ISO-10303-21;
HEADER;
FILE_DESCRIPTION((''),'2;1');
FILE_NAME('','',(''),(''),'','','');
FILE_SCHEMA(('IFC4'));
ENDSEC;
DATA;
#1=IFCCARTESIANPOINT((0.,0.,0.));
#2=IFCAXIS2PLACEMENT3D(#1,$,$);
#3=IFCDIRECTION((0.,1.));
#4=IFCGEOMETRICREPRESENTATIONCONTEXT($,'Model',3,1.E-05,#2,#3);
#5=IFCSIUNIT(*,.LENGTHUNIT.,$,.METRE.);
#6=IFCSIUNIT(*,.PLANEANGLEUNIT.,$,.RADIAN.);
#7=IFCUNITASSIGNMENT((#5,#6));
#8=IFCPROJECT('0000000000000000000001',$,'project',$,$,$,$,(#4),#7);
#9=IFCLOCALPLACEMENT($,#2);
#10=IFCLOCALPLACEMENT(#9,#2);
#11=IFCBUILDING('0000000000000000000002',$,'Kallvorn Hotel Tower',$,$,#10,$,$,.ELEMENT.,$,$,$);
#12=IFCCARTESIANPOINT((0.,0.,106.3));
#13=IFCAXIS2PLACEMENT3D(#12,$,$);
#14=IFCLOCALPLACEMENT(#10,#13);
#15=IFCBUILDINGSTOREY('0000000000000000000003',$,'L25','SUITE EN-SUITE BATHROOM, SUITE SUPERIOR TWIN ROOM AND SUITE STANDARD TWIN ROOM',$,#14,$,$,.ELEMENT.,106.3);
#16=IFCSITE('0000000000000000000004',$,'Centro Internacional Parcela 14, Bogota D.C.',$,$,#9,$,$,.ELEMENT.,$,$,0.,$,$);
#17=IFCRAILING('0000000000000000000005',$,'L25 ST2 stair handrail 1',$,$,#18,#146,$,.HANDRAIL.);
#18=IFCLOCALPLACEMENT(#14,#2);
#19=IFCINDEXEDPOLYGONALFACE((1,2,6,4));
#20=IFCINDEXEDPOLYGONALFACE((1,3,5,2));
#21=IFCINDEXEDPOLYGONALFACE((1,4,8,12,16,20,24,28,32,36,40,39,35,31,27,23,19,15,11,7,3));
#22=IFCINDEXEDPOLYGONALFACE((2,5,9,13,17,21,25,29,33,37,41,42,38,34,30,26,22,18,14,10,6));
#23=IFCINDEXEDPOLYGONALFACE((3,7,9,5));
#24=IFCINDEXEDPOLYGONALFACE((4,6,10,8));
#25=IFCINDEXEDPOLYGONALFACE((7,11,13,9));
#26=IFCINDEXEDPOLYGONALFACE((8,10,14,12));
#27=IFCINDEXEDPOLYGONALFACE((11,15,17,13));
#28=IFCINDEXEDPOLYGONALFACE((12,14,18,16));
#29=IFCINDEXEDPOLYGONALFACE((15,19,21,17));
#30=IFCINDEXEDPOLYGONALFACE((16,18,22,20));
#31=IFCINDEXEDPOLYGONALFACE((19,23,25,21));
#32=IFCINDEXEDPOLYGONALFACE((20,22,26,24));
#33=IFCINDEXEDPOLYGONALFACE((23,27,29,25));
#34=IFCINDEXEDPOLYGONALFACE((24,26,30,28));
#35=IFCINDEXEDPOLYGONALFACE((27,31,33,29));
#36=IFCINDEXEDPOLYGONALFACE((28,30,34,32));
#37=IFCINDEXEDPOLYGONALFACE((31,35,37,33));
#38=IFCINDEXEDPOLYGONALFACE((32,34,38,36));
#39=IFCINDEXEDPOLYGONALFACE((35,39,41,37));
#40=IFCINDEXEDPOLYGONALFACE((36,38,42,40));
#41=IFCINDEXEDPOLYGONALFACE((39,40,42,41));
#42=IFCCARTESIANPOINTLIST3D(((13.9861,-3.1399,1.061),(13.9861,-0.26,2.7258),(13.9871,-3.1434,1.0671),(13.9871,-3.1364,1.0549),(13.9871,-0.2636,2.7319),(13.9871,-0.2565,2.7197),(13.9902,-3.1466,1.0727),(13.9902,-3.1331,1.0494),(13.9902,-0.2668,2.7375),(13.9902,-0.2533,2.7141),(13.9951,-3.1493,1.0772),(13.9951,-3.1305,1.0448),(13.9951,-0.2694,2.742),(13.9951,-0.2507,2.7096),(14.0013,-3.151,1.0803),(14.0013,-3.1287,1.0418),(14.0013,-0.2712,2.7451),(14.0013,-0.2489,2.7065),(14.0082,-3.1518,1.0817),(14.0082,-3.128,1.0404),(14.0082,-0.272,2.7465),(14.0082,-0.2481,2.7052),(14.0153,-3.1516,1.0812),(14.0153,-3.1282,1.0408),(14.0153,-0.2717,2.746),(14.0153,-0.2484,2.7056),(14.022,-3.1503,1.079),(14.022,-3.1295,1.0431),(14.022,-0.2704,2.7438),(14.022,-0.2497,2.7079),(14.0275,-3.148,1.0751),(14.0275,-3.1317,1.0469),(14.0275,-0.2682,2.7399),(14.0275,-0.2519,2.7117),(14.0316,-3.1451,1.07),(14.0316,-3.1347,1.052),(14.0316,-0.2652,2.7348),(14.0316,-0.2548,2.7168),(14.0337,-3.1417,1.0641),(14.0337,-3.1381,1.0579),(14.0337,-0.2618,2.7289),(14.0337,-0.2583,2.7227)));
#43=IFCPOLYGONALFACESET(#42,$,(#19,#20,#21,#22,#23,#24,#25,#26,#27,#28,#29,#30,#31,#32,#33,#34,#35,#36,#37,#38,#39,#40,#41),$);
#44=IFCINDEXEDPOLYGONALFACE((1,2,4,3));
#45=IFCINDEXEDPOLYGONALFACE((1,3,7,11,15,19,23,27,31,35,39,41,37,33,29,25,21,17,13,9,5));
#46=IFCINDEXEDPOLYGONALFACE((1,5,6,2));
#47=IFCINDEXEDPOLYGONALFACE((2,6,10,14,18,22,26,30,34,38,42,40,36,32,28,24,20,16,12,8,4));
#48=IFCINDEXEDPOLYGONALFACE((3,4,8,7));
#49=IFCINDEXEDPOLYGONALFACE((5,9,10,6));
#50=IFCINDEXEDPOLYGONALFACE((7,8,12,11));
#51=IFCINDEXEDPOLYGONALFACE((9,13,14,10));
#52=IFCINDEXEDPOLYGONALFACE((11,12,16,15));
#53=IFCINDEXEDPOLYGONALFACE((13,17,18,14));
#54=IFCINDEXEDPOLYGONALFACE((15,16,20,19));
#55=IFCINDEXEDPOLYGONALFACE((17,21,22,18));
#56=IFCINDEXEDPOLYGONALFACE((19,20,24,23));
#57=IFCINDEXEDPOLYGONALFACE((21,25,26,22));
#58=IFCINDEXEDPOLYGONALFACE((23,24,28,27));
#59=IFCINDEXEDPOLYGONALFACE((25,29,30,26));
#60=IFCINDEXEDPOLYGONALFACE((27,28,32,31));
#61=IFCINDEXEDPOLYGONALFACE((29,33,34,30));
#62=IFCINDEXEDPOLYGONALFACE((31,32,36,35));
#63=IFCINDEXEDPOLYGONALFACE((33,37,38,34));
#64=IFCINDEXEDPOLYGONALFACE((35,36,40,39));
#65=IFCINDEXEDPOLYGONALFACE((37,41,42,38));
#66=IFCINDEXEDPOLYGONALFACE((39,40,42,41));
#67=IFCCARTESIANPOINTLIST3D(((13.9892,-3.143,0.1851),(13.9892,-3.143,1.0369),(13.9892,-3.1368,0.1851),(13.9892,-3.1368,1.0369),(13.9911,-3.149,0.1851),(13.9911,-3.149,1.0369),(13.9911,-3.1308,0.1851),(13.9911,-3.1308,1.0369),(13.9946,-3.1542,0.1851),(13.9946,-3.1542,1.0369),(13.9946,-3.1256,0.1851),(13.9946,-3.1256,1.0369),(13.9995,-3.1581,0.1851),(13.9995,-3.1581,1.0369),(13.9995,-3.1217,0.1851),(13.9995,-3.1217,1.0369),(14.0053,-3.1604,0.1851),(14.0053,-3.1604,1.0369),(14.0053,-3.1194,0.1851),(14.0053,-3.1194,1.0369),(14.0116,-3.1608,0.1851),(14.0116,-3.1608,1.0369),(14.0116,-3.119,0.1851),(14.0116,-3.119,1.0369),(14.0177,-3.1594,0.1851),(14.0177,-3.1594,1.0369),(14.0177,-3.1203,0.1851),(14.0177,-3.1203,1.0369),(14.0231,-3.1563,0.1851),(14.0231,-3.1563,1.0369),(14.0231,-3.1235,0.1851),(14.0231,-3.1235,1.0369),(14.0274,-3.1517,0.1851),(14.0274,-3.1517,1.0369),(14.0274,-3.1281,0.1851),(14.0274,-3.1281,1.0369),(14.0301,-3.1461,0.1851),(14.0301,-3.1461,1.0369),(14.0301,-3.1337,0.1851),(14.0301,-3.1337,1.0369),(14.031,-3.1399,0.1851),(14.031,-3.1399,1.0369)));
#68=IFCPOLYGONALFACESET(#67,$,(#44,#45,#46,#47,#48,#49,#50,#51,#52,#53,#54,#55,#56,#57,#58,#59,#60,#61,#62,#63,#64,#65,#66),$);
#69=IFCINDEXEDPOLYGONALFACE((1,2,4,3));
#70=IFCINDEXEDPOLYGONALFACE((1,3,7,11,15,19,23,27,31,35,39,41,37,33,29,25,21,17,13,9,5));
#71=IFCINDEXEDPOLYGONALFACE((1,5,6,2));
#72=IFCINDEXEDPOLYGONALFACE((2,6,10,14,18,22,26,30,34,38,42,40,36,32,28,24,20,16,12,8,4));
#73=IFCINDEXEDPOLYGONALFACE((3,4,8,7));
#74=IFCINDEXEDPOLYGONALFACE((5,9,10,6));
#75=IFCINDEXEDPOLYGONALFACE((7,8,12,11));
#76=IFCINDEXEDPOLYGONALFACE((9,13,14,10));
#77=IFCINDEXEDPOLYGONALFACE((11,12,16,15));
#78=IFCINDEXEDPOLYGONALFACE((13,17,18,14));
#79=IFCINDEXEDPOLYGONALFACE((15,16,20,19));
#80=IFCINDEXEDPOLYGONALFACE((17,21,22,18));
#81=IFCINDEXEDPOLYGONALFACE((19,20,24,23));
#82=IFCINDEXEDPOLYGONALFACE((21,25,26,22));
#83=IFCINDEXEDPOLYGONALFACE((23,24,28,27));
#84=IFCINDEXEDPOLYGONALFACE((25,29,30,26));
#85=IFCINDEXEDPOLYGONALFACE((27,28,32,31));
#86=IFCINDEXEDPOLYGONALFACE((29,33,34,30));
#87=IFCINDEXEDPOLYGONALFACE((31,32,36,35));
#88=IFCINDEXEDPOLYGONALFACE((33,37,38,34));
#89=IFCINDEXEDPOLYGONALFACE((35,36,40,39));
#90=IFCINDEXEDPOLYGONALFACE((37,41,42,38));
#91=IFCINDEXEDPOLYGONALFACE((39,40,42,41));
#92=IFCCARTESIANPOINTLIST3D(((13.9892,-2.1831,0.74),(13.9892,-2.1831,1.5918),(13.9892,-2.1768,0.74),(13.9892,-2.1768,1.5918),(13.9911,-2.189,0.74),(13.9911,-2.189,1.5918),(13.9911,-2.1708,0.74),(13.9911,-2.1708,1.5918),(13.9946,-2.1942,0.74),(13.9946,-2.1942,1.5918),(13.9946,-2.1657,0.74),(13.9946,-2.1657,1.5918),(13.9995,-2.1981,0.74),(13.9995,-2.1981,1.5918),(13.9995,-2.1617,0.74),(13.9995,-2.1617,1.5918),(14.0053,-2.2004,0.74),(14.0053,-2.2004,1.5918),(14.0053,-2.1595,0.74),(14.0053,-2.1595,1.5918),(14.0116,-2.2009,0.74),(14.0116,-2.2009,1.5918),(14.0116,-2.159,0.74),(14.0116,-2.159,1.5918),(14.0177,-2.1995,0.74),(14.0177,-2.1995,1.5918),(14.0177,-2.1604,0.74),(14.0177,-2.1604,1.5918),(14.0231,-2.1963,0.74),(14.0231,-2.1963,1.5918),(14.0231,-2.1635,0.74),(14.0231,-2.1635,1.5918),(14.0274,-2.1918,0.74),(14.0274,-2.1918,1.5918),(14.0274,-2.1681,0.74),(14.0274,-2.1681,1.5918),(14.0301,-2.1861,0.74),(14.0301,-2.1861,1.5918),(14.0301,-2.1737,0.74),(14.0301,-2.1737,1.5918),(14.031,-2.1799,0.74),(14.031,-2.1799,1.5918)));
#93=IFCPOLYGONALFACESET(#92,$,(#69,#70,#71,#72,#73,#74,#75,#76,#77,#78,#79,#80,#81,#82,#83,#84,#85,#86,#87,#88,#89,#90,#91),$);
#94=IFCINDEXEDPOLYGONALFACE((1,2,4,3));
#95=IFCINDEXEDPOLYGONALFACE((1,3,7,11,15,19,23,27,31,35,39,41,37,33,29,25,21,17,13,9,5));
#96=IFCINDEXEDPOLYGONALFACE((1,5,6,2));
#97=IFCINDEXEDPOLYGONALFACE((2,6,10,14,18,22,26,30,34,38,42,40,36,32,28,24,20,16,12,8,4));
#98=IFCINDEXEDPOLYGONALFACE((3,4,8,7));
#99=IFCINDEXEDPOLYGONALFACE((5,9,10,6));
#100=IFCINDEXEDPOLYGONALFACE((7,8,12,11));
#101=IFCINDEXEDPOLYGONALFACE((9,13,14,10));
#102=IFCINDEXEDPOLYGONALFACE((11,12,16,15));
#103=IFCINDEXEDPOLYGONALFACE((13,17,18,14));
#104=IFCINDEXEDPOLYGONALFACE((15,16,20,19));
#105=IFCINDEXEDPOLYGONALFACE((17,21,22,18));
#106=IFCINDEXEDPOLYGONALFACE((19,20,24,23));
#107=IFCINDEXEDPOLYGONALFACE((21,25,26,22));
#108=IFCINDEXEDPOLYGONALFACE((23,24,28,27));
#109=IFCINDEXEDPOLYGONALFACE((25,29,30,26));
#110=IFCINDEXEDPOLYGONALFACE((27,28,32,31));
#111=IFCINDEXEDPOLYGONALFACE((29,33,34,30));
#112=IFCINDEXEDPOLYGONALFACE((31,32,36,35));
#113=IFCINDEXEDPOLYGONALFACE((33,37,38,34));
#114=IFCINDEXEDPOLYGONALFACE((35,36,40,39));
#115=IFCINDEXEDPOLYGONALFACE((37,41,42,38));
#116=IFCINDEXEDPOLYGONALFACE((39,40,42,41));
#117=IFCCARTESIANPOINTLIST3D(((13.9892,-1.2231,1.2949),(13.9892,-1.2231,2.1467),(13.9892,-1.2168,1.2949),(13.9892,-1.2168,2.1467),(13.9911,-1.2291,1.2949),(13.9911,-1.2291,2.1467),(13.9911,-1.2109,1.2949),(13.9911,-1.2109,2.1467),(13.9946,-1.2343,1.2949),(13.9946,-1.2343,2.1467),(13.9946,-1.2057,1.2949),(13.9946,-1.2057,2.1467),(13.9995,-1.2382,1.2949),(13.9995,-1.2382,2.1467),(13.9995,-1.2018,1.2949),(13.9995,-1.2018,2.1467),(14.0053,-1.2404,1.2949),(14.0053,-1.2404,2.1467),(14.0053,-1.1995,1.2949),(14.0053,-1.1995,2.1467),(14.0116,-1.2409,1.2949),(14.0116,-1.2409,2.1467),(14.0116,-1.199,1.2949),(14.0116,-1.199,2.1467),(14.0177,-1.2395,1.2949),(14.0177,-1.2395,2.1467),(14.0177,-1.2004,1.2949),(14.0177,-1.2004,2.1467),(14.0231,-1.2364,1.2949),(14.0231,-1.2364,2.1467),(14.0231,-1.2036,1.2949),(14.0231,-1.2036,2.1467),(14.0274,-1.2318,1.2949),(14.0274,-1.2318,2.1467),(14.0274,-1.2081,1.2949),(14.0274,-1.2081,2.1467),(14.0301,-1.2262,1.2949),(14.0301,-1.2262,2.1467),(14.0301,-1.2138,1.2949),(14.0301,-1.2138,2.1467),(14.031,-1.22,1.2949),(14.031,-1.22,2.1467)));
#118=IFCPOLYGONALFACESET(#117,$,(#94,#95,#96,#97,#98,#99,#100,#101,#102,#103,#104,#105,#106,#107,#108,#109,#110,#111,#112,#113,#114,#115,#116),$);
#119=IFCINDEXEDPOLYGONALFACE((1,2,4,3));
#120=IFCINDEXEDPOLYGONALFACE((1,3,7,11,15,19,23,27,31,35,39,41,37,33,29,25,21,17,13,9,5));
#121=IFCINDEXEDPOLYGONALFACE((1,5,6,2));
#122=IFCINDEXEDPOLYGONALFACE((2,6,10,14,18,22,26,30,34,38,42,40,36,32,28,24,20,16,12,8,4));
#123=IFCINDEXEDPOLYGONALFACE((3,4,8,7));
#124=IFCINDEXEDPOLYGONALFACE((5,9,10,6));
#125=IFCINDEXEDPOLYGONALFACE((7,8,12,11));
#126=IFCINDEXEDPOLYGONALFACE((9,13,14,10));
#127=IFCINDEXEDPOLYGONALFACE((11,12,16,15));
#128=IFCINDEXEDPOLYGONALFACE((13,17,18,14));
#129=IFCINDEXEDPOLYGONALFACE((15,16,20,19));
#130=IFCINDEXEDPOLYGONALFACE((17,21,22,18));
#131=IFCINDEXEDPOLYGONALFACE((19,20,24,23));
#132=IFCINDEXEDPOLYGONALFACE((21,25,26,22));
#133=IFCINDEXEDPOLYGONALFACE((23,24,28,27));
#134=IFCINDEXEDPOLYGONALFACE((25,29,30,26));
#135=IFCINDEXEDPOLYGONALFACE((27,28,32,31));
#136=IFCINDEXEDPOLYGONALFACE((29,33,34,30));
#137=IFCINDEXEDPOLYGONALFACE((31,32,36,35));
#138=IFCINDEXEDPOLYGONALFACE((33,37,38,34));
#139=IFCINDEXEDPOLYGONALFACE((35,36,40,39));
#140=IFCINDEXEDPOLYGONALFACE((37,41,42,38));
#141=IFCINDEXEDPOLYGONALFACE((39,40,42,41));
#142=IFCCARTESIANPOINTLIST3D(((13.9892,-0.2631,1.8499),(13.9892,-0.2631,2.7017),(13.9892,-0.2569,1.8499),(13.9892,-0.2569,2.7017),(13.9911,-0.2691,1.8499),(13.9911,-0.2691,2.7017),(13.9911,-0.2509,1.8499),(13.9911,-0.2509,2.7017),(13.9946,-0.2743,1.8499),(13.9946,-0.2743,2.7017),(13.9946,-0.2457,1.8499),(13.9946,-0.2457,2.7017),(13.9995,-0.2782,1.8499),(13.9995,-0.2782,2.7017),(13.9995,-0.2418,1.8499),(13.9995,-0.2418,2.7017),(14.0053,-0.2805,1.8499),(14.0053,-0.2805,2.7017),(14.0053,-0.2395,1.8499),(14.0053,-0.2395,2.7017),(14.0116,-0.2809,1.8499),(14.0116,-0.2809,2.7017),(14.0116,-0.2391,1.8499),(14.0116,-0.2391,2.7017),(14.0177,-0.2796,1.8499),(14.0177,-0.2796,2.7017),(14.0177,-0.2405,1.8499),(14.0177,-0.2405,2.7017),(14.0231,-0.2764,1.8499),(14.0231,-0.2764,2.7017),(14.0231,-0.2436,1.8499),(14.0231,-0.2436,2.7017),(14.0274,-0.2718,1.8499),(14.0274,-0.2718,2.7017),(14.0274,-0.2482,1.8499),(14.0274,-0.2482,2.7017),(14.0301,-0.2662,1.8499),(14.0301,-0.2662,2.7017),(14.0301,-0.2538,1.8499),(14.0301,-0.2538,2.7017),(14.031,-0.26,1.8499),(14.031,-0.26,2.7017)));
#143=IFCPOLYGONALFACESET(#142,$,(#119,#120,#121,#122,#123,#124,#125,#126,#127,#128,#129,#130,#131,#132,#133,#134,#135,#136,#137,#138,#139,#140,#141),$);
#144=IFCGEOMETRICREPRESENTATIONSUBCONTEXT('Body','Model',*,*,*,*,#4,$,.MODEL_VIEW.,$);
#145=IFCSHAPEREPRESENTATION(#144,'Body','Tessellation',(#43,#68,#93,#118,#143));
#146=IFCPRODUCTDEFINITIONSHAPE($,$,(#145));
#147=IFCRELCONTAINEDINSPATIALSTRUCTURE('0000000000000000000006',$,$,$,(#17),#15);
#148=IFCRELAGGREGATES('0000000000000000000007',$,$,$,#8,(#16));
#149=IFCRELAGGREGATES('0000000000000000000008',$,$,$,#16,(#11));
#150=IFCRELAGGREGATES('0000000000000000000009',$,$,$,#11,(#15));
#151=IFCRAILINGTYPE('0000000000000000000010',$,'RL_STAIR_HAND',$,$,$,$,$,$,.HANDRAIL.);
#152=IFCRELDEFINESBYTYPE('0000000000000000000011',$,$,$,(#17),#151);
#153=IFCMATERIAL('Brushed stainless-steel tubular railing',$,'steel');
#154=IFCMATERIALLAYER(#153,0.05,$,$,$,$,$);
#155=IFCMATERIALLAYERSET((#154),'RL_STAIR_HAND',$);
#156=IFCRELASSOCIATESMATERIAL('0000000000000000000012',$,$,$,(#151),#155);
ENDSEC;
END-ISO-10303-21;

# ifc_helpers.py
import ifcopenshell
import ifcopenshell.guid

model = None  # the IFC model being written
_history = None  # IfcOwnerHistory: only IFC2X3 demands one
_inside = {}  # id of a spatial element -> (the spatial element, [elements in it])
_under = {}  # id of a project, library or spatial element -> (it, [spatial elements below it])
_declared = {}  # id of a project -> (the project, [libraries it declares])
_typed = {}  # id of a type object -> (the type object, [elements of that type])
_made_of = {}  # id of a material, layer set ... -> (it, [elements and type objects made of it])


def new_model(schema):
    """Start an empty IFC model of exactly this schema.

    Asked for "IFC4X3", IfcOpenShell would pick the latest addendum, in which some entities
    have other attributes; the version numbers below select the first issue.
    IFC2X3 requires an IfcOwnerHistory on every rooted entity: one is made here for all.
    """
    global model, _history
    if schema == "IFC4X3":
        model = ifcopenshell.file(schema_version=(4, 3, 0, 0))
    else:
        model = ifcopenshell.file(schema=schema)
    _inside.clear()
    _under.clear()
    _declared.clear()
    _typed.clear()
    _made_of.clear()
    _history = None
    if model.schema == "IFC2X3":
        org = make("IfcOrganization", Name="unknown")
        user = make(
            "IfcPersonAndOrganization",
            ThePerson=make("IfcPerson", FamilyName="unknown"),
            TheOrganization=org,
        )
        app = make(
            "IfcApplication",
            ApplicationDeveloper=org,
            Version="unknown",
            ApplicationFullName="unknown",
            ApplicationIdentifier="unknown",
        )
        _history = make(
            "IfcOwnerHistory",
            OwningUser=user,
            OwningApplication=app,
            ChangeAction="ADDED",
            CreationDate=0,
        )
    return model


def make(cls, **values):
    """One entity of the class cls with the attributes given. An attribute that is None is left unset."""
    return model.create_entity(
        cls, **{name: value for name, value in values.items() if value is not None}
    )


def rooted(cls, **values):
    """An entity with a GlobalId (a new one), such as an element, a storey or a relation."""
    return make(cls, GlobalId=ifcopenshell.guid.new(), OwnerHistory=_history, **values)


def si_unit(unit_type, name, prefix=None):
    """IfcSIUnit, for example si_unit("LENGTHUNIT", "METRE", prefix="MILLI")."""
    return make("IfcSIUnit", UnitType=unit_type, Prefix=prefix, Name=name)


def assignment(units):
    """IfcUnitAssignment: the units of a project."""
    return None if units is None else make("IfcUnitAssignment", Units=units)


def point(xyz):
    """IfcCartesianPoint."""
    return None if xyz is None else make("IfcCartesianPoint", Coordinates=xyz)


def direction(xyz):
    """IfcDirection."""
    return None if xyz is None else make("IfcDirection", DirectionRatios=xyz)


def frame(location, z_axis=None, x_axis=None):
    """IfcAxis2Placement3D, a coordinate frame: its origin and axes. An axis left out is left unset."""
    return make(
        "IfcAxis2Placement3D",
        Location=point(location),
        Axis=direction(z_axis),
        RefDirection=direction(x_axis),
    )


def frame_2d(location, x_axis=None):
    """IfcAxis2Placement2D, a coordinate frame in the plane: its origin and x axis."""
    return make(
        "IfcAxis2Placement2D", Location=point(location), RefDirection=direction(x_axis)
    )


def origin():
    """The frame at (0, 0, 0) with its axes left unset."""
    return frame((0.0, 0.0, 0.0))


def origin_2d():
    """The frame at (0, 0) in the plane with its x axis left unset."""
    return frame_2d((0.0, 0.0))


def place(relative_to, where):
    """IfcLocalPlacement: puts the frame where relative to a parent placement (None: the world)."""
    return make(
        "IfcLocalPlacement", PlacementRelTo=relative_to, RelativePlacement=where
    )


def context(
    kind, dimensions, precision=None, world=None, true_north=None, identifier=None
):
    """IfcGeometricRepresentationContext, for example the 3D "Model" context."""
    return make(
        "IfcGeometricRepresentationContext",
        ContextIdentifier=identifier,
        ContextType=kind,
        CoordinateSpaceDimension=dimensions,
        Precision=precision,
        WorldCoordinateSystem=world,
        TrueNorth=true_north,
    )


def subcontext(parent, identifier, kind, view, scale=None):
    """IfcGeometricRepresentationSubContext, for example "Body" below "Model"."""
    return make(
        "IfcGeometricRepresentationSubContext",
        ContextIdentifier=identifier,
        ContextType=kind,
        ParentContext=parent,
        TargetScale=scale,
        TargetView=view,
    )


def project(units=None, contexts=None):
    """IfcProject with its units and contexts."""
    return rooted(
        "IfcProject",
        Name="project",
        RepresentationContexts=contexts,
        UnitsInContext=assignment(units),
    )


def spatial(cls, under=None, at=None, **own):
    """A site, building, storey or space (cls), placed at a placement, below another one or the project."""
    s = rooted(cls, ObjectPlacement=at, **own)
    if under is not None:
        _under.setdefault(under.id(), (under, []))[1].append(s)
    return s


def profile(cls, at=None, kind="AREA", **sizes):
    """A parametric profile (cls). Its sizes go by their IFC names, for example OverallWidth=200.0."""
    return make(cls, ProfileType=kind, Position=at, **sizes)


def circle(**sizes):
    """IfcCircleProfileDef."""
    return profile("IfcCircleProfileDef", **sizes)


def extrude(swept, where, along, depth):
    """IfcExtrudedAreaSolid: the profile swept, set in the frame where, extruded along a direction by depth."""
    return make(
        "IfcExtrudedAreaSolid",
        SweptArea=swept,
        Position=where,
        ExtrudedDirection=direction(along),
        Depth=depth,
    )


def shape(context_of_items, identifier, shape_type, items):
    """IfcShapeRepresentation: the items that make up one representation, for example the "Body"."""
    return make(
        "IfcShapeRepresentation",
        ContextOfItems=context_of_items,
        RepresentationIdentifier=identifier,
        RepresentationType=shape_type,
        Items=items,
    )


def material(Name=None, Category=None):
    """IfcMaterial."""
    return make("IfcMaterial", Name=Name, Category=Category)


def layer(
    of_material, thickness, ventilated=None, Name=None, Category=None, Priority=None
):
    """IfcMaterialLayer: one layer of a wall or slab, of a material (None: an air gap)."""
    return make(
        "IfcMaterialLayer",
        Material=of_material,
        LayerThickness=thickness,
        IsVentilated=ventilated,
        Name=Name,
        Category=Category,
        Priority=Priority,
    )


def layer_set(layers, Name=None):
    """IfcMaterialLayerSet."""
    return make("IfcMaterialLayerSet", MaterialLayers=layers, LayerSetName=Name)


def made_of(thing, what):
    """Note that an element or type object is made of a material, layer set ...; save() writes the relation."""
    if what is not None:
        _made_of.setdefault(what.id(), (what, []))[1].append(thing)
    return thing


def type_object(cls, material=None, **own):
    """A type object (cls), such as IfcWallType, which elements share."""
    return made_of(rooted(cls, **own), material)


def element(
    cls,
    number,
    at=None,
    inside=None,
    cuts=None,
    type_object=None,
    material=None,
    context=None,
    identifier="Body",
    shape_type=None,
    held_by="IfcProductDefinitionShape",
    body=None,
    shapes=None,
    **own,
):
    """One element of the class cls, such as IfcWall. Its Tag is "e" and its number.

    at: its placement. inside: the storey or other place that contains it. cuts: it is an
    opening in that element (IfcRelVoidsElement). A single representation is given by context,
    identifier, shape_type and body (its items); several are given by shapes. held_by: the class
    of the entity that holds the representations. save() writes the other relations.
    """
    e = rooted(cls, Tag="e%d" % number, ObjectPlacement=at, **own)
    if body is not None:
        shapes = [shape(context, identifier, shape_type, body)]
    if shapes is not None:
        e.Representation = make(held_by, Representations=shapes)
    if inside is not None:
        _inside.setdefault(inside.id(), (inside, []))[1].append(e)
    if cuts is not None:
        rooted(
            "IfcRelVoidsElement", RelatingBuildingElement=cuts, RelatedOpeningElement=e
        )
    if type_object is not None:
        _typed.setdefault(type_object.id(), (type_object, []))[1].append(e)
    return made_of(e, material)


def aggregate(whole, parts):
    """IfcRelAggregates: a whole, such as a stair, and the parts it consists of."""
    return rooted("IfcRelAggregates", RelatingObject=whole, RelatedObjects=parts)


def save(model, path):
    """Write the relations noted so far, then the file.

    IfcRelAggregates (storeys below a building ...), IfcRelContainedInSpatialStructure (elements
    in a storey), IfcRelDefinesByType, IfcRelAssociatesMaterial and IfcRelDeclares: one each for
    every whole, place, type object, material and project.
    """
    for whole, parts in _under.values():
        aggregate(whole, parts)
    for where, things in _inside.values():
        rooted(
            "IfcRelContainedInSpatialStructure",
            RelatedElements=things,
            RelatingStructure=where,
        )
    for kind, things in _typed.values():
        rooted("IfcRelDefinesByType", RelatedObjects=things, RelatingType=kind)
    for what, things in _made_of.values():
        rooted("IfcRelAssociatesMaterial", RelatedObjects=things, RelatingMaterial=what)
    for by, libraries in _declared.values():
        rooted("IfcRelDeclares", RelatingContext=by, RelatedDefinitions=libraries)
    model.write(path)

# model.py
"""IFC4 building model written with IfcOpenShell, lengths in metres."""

from ifc_helpers import new_model, si_unit, direction, frame, origin, origin_2d, place, context, subcontext, project, spatial, circle, extrude, material, layer, layer_set, type_object, element, save


model = new_model("IFC4")

# Units and contexts
model_context = context("Model", 3, precision=1e-05, world=origin(), true_north=direction((0.0, 1.0)))
body_context = subcontext(model_context, "Body", "Model", "MODEL_VIEW")
ifc_project = project(units=[si_unit("LENGTHUNIT", "METRE"), si_unit("PLANEANGLEUNIT", "RADIAN")], contexts=[model_context])

# Site, building, storey
site_placement = place(None, origin())
site = spatial("IfcSite", under=ifc_project, at=site_placement, Name="Centro Internacional Parcela 14, Bogota D.C.", CompositionType="ELEMENT", RefElevation=0.0)
building_placement = place(site_placement, origin())
building = spatial("IfcBuilding", under=site, at=building_placement, Name="Kallvorn Hotel Tower", CompositionType="ELEMENT")
storey_placement = place(building_placement, frame((0.0, 0.0, 106.3)))
storey = spatial("IfcBuildingStorey", under=building, at=storey_placement, Name="L25", Description="SUITE EN-SUITE BATHROOM, SUITE SUPERIOR TWIN ROOM AND SUITE STANDARD TWIN ROOM", CompositionType="ELEMENT", Elevation=106.3)

# Railing
ifc_material_1 = material(Name="Brushed stainless-steel tubular railing", Category="steel")
ifc_layer_1 = layer(ifc_material_1, 0.05)
ifc_layer_set_1 = layer_set([ifc_layer_1], Name="RL_STAIR_HAND")
railing_type_1 = type_object("IfcRailingType", Name="RL_STAIR_HAND", PredefinedType="HANDRAIL", material=ifc_layer_set_1)
railing_1_placement = place(storey_placement, frame((14.01, -3.1399, 0.1851)))
element("IfcRailing", 1, at=railing_1_placement, inside=storey, type_object=railing_type_1, Name="L25 ST2 stair handrail 1", PredefinedType="HANDRAIL", context=body_context, shape_type="SweptSolid", body=[
    extrude(circle(Radius=0.0239, at=origin_2d()), frame((0.0, 0.0, 0.876), z_axis=(0.0, 0.865753, 0.500472), x_axis=(-1.0, 0.0, 0.0)), (0.0, 0.0, 1.0), 3.3264),
    extrude(circle(Radius=0.021, at=origin_2d()), origin(), (0.0, 0.0, 1.0), 0.8518),
    extrude(circle(Radius=0.021, at=origin_2d()), frame((0.0, 0.96, 0.5549)), (0.0, 0.0, 1.0), 0.8518),
    extrude(circle(Radius=0.021, at=origin_2d()), frame((0.0, 1.9199, 1.1099)), (0.0, 0.0, 1.0), 0.8518),
    extrude(circle(Radius=0.021, at=origin_2d()), frame((0.0, 2.8799, 1.6648)), (0.0, 0.0, 1.0), 0.8518),
])

save(model, "model.ifc")
